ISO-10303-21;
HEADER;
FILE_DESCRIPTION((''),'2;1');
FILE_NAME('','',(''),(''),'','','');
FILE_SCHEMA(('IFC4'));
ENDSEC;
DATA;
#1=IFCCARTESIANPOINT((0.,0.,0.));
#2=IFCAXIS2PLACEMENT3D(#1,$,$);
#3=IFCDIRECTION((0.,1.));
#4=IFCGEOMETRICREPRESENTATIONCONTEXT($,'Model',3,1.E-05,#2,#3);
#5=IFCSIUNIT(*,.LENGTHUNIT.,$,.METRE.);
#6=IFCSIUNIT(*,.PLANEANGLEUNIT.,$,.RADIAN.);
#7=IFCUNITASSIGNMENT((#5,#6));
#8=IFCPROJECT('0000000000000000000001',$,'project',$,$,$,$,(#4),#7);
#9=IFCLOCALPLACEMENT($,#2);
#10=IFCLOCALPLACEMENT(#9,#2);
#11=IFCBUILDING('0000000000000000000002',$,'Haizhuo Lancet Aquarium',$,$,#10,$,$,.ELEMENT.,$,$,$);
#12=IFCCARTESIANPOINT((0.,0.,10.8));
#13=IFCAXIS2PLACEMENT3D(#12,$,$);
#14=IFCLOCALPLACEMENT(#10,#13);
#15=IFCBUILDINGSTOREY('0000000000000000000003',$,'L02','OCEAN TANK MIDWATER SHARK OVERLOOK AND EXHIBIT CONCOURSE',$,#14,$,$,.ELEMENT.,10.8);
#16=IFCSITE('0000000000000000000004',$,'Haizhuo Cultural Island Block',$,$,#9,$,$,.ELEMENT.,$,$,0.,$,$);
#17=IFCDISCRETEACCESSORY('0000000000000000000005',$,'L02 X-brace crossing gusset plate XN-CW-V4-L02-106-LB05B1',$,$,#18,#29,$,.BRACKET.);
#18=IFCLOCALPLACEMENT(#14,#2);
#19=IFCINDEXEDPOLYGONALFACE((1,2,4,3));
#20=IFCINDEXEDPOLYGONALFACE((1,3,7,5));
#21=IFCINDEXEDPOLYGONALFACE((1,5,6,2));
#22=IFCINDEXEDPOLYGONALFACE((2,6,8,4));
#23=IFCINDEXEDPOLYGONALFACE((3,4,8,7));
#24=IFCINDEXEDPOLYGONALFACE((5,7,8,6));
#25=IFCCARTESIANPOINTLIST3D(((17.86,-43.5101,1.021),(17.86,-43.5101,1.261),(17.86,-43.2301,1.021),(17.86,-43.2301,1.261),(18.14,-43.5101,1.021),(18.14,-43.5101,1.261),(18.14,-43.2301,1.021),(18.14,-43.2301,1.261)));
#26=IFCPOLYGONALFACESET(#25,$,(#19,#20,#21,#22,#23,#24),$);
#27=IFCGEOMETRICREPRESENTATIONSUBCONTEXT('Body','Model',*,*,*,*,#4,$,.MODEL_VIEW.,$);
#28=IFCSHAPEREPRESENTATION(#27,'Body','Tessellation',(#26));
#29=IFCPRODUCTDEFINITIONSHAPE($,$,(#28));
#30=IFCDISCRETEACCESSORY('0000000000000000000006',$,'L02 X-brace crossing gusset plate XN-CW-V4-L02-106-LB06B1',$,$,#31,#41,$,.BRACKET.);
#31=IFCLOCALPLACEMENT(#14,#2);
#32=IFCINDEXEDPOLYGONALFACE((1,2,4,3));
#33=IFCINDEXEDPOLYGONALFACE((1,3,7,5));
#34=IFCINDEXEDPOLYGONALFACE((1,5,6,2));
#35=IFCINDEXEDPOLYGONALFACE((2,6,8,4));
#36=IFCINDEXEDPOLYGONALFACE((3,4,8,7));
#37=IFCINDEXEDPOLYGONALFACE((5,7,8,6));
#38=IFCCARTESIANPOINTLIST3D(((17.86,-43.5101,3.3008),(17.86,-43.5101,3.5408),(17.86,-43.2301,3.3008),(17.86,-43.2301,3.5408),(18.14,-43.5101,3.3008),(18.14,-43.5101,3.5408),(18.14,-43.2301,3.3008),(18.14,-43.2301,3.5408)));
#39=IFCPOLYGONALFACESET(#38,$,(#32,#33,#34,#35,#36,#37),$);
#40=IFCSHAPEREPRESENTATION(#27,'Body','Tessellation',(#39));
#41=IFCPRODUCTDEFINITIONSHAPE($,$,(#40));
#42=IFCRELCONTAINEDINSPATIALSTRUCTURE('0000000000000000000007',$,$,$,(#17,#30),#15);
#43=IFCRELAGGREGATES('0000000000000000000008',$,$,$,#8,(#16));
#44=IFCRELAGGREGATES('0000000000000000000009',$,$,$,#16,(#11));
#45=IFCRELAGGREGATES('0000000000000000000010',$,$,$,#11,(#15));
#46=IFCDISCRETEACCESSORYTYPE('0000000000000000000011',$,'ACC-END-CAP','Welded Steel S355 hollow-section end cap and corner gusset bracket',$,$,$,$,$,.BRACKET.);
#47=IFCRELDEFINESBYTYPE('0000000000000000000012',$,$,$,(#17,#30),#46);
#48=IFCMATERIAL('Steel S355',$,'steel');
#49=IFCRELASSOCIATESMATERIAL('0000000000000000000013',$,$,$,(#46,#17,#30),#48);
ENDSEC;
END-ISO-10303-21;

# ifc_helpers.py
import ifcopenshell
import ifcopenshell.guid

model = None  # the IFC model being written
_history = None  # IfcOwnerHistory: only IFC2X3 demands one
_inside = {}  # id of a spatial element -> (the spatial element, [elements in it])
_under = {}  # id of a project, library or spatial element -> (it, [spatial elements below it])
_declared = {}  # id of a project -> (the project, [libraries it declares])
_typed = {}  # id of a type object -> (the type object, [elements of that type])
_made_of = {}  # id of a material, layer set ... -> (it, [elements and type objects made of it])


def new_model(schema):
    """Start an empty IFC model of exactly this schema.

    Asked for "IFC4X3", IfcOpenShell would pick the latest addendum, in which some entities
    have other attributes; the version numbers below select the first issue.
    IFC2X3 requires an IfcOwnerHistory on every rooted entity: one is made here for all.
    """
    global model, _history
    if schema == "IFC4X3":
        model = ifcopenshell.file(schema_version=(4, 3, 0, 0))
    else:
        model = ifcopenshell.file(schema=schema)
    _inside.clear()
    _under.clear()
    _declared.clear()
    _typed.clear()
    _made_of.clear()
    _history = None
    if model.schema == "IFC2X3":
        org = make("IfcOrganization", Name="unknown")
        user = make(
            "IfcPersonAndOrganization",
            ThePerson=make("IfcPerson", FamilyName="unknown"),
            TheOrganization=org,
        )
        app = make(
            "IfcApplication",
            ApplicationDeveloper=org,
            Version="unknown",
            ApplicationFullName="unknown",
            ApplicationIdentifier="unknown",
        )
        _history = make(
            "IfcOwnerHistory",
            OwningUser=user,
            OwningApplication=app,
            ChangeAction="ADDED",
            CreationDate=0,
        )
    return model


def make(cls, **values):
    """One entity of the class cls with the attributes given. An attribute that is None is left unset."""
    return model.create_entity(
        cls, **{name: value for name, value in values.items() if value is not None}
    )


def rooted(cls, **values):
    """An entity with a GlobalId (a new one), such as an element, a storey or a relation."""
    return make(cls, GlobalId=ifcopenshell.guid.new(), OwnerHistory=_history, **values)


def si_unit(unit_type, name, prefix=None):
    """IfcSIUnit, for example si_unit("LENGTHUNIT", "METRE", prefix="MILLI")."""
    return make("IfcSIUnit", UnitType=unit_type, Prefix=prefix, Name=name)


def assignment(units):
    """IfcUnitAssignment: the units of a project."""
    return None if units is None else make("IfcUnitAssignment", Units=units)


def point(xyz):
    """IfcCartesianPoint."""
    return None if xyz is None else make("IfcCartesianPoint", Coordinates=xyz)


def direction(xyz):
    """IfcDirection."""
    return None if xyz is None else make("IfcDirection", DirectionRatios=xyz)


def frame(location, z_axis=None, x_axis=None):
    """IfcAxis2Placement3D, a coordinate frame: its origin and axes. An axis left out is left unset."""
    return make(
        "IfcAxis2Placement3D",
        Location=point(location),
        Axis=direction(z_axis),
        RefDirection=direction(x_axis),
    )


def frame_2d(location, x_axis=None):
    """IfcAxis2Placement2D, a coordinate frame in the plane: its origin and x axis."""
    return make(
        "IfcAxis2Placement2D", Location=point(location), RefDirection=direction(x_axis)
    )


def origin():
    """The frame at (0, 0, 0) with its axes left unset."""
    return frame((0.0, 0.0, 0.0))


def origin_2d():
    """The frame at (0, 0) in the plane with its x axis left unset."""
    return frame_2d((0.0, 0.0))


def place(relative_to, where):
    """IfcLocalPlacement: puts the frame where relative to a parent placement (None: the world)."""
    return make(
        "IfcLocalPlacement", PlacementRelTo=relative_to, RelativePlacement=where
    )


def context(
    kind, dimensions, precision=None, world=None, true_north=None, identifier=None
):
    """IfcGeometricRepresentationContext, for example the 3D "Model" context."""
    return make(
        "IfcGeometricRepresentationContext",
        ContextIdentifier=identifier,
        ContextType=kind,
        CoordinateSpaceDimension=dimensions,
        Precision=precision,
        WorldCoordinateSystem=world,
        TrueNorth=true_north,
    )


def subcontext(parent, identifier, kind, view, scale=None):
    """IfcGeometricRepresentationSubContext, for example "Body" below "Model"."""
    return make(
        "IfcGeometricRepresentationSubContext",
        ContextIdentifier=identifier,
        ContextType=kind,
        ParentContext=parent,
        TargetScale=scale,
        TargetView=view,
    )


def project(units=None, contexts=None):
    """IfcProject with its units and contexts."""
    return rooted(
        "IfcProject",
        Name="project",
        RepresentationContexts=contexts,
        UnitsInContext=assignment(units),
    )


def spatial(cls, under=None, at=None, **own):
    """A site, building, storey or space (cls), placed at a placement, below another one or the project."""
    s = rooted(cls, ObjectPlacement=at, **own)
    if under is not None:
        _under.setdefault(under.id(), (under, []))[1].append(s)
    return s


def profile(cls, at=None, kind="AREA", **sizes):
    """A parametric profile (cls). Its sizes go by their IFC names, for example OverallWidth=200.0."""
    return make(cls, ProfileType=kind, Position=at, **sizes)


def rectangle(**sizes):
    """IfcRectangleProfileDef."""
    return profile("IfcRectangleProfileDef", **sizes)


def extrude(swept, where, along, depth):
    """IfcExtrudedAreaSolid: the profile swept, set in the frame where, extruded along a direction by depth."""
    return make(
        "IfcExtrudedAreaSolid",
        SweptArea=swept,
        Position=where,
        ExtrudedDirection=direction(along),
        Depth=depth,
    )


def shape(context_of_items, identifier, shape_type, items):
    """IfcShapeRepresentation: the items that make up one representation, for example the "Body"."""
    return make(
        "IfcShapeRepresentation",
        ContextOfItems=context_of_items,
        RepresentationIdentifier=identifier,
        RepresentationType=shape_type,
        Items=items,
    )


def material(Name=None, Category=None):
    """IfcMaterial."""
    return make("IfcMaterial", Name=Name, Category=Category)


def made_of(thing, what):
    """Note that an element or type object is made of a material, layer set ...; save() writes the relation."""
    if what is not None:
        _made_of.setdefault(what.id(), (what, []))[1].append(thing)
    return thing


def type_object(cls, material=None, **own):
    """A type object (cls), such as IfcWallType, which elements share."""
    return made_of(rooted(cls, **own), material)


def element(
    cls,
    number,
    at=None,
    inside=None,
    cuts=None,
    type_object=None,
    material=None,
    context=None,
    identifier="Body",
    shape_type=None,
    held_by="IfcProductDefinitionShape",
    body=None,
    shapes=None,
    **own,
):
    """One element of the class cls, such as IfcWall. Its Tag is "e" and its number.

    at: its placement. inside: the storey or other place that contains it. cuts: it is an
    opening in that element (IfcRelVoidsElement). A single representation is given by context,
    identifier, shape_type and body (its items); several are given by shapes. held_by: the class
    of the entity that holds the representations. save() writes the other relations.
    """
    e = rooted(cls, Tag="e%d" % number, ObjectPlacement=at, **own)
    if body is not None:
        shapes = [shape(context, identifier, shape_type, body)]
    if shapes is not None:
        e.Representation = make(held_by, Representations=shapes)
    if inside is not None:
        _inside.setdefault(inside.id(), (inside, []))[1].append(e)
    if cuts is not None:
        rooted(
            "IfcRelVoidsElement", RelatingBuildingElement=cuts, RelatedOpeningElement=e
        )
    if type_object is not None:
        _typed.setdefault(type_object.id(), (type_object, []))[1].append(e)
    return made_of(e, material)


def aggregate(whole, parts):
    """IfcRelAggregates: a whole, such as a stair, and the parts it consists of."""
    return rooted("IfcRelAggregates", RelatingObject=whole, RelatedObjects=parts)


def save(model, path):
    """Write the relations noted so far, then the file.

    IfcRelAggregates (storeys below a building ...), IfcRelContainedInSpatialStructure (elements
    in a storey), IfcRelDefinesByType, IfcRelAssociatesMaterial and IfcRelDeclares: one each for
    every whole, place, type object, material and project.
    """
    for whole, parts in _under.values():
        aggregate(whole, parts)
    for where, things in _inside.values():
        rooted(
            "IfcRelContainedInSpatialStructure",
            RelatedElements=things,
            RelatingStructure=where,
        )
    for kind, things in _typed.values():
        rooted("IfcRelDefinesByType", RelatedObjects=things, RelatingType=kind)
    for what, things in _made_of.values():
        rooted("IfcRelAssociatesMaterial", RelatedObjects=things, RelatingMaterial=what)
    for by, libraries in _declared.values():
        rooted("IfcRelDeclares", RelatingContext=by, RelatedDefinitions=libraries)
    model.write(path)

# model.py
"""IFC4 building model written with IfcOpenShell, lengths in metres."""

from ifc_helpers import new_model, si_unit, direction, frame, origin, origin_2d, place, context, subcontext, project, spatial, rectangle, extrude, material, type_object, element, save


model = new_model("IFC4")

# Units and contexts
model_context = context("Model", 3, precision=1e-05, world=origin(), true_north=direction((0.0, 1.0)))
body_context = subcontext(model_context, "Body", "Model", "MODEL_VIEW")
ifc_project = project(units=[si_unit("LENGTHUNIT", "METRE"), si_unit("PLANEANGLEUNIT", "RADIAN")], contexts=[model_context])

# Site, building, storey
site_placement = place(None, origin())
site = spatial("IfcSite", under=ifc_project, at=site_placement, Name="Haizhuo Cultural Island Block", CompositionType="ELEMENT", RefElevation=0.0)
building_placement = place(site_placement, origin())
building = spatial("IfcBuilding", under=site, at=building_placement, Name="Haizhuo Lancet Aquarium", CompositionType="ELEMENT")
storey_placement = place(building_placement, frame((0.0, 0.0, 10.8)))
storey = spatial("IfcBuildingStorey", under=building, at=storey_placement, Name="L02", Description="OCEAN TANK MIDWATER SHARK OVERLOOK AND EXHIBIT CONCOURSE", CompositionType="ELEMENT", Elevation=10.8)

# Shared definitions
ifc_material_1 = material(Name="Steel S355", Category="steel")

# Discrete accessories
discrete_accessory_type = type_object("IfcDiscreteAccessoryType", Name="ACC-END-CAP", Description="Welded Steel S355 hollow-section end cap and corner gusset bracket", PredefinedType="BRACKET", material=ifc_material_1)
for number, where, z_axis, x_axis, name in (
    (1, (18.0, -43.3701, 1.021), (0.0, 0.0, 1.0), (1.0, 0.0, 0.0), "L02 X-brace crossing gusset plate XN-CW-V4-L02-106-LB05B1"),
    (2, (18.0, -43.3701, 3.3008), (0.0, 0.0, 1.0), (1.0, 0.0, 0.0), "L02 X-brace crossing gusset plate XN-CW-V4-L02-106-LB06B1"),
):
    element("IfcDiscreteAccessory", number, at=place(storey_placement, frame(where, z_axis=z_axis, x_axis=x_axis)), inside=storey, type_object=discrete_accessory_type, material=ifc_material_1, Name=name, PredefinedType="BRACKET", context=body_context, shape_type="SweptSolid", body=[
        extrude(rectangle(XDim=0.28, YDim=0.28, at=origin_2d()), origin(), (0.0, 0.0, 1.0), 0.24),
    ])

save(model, "model.ifc")
